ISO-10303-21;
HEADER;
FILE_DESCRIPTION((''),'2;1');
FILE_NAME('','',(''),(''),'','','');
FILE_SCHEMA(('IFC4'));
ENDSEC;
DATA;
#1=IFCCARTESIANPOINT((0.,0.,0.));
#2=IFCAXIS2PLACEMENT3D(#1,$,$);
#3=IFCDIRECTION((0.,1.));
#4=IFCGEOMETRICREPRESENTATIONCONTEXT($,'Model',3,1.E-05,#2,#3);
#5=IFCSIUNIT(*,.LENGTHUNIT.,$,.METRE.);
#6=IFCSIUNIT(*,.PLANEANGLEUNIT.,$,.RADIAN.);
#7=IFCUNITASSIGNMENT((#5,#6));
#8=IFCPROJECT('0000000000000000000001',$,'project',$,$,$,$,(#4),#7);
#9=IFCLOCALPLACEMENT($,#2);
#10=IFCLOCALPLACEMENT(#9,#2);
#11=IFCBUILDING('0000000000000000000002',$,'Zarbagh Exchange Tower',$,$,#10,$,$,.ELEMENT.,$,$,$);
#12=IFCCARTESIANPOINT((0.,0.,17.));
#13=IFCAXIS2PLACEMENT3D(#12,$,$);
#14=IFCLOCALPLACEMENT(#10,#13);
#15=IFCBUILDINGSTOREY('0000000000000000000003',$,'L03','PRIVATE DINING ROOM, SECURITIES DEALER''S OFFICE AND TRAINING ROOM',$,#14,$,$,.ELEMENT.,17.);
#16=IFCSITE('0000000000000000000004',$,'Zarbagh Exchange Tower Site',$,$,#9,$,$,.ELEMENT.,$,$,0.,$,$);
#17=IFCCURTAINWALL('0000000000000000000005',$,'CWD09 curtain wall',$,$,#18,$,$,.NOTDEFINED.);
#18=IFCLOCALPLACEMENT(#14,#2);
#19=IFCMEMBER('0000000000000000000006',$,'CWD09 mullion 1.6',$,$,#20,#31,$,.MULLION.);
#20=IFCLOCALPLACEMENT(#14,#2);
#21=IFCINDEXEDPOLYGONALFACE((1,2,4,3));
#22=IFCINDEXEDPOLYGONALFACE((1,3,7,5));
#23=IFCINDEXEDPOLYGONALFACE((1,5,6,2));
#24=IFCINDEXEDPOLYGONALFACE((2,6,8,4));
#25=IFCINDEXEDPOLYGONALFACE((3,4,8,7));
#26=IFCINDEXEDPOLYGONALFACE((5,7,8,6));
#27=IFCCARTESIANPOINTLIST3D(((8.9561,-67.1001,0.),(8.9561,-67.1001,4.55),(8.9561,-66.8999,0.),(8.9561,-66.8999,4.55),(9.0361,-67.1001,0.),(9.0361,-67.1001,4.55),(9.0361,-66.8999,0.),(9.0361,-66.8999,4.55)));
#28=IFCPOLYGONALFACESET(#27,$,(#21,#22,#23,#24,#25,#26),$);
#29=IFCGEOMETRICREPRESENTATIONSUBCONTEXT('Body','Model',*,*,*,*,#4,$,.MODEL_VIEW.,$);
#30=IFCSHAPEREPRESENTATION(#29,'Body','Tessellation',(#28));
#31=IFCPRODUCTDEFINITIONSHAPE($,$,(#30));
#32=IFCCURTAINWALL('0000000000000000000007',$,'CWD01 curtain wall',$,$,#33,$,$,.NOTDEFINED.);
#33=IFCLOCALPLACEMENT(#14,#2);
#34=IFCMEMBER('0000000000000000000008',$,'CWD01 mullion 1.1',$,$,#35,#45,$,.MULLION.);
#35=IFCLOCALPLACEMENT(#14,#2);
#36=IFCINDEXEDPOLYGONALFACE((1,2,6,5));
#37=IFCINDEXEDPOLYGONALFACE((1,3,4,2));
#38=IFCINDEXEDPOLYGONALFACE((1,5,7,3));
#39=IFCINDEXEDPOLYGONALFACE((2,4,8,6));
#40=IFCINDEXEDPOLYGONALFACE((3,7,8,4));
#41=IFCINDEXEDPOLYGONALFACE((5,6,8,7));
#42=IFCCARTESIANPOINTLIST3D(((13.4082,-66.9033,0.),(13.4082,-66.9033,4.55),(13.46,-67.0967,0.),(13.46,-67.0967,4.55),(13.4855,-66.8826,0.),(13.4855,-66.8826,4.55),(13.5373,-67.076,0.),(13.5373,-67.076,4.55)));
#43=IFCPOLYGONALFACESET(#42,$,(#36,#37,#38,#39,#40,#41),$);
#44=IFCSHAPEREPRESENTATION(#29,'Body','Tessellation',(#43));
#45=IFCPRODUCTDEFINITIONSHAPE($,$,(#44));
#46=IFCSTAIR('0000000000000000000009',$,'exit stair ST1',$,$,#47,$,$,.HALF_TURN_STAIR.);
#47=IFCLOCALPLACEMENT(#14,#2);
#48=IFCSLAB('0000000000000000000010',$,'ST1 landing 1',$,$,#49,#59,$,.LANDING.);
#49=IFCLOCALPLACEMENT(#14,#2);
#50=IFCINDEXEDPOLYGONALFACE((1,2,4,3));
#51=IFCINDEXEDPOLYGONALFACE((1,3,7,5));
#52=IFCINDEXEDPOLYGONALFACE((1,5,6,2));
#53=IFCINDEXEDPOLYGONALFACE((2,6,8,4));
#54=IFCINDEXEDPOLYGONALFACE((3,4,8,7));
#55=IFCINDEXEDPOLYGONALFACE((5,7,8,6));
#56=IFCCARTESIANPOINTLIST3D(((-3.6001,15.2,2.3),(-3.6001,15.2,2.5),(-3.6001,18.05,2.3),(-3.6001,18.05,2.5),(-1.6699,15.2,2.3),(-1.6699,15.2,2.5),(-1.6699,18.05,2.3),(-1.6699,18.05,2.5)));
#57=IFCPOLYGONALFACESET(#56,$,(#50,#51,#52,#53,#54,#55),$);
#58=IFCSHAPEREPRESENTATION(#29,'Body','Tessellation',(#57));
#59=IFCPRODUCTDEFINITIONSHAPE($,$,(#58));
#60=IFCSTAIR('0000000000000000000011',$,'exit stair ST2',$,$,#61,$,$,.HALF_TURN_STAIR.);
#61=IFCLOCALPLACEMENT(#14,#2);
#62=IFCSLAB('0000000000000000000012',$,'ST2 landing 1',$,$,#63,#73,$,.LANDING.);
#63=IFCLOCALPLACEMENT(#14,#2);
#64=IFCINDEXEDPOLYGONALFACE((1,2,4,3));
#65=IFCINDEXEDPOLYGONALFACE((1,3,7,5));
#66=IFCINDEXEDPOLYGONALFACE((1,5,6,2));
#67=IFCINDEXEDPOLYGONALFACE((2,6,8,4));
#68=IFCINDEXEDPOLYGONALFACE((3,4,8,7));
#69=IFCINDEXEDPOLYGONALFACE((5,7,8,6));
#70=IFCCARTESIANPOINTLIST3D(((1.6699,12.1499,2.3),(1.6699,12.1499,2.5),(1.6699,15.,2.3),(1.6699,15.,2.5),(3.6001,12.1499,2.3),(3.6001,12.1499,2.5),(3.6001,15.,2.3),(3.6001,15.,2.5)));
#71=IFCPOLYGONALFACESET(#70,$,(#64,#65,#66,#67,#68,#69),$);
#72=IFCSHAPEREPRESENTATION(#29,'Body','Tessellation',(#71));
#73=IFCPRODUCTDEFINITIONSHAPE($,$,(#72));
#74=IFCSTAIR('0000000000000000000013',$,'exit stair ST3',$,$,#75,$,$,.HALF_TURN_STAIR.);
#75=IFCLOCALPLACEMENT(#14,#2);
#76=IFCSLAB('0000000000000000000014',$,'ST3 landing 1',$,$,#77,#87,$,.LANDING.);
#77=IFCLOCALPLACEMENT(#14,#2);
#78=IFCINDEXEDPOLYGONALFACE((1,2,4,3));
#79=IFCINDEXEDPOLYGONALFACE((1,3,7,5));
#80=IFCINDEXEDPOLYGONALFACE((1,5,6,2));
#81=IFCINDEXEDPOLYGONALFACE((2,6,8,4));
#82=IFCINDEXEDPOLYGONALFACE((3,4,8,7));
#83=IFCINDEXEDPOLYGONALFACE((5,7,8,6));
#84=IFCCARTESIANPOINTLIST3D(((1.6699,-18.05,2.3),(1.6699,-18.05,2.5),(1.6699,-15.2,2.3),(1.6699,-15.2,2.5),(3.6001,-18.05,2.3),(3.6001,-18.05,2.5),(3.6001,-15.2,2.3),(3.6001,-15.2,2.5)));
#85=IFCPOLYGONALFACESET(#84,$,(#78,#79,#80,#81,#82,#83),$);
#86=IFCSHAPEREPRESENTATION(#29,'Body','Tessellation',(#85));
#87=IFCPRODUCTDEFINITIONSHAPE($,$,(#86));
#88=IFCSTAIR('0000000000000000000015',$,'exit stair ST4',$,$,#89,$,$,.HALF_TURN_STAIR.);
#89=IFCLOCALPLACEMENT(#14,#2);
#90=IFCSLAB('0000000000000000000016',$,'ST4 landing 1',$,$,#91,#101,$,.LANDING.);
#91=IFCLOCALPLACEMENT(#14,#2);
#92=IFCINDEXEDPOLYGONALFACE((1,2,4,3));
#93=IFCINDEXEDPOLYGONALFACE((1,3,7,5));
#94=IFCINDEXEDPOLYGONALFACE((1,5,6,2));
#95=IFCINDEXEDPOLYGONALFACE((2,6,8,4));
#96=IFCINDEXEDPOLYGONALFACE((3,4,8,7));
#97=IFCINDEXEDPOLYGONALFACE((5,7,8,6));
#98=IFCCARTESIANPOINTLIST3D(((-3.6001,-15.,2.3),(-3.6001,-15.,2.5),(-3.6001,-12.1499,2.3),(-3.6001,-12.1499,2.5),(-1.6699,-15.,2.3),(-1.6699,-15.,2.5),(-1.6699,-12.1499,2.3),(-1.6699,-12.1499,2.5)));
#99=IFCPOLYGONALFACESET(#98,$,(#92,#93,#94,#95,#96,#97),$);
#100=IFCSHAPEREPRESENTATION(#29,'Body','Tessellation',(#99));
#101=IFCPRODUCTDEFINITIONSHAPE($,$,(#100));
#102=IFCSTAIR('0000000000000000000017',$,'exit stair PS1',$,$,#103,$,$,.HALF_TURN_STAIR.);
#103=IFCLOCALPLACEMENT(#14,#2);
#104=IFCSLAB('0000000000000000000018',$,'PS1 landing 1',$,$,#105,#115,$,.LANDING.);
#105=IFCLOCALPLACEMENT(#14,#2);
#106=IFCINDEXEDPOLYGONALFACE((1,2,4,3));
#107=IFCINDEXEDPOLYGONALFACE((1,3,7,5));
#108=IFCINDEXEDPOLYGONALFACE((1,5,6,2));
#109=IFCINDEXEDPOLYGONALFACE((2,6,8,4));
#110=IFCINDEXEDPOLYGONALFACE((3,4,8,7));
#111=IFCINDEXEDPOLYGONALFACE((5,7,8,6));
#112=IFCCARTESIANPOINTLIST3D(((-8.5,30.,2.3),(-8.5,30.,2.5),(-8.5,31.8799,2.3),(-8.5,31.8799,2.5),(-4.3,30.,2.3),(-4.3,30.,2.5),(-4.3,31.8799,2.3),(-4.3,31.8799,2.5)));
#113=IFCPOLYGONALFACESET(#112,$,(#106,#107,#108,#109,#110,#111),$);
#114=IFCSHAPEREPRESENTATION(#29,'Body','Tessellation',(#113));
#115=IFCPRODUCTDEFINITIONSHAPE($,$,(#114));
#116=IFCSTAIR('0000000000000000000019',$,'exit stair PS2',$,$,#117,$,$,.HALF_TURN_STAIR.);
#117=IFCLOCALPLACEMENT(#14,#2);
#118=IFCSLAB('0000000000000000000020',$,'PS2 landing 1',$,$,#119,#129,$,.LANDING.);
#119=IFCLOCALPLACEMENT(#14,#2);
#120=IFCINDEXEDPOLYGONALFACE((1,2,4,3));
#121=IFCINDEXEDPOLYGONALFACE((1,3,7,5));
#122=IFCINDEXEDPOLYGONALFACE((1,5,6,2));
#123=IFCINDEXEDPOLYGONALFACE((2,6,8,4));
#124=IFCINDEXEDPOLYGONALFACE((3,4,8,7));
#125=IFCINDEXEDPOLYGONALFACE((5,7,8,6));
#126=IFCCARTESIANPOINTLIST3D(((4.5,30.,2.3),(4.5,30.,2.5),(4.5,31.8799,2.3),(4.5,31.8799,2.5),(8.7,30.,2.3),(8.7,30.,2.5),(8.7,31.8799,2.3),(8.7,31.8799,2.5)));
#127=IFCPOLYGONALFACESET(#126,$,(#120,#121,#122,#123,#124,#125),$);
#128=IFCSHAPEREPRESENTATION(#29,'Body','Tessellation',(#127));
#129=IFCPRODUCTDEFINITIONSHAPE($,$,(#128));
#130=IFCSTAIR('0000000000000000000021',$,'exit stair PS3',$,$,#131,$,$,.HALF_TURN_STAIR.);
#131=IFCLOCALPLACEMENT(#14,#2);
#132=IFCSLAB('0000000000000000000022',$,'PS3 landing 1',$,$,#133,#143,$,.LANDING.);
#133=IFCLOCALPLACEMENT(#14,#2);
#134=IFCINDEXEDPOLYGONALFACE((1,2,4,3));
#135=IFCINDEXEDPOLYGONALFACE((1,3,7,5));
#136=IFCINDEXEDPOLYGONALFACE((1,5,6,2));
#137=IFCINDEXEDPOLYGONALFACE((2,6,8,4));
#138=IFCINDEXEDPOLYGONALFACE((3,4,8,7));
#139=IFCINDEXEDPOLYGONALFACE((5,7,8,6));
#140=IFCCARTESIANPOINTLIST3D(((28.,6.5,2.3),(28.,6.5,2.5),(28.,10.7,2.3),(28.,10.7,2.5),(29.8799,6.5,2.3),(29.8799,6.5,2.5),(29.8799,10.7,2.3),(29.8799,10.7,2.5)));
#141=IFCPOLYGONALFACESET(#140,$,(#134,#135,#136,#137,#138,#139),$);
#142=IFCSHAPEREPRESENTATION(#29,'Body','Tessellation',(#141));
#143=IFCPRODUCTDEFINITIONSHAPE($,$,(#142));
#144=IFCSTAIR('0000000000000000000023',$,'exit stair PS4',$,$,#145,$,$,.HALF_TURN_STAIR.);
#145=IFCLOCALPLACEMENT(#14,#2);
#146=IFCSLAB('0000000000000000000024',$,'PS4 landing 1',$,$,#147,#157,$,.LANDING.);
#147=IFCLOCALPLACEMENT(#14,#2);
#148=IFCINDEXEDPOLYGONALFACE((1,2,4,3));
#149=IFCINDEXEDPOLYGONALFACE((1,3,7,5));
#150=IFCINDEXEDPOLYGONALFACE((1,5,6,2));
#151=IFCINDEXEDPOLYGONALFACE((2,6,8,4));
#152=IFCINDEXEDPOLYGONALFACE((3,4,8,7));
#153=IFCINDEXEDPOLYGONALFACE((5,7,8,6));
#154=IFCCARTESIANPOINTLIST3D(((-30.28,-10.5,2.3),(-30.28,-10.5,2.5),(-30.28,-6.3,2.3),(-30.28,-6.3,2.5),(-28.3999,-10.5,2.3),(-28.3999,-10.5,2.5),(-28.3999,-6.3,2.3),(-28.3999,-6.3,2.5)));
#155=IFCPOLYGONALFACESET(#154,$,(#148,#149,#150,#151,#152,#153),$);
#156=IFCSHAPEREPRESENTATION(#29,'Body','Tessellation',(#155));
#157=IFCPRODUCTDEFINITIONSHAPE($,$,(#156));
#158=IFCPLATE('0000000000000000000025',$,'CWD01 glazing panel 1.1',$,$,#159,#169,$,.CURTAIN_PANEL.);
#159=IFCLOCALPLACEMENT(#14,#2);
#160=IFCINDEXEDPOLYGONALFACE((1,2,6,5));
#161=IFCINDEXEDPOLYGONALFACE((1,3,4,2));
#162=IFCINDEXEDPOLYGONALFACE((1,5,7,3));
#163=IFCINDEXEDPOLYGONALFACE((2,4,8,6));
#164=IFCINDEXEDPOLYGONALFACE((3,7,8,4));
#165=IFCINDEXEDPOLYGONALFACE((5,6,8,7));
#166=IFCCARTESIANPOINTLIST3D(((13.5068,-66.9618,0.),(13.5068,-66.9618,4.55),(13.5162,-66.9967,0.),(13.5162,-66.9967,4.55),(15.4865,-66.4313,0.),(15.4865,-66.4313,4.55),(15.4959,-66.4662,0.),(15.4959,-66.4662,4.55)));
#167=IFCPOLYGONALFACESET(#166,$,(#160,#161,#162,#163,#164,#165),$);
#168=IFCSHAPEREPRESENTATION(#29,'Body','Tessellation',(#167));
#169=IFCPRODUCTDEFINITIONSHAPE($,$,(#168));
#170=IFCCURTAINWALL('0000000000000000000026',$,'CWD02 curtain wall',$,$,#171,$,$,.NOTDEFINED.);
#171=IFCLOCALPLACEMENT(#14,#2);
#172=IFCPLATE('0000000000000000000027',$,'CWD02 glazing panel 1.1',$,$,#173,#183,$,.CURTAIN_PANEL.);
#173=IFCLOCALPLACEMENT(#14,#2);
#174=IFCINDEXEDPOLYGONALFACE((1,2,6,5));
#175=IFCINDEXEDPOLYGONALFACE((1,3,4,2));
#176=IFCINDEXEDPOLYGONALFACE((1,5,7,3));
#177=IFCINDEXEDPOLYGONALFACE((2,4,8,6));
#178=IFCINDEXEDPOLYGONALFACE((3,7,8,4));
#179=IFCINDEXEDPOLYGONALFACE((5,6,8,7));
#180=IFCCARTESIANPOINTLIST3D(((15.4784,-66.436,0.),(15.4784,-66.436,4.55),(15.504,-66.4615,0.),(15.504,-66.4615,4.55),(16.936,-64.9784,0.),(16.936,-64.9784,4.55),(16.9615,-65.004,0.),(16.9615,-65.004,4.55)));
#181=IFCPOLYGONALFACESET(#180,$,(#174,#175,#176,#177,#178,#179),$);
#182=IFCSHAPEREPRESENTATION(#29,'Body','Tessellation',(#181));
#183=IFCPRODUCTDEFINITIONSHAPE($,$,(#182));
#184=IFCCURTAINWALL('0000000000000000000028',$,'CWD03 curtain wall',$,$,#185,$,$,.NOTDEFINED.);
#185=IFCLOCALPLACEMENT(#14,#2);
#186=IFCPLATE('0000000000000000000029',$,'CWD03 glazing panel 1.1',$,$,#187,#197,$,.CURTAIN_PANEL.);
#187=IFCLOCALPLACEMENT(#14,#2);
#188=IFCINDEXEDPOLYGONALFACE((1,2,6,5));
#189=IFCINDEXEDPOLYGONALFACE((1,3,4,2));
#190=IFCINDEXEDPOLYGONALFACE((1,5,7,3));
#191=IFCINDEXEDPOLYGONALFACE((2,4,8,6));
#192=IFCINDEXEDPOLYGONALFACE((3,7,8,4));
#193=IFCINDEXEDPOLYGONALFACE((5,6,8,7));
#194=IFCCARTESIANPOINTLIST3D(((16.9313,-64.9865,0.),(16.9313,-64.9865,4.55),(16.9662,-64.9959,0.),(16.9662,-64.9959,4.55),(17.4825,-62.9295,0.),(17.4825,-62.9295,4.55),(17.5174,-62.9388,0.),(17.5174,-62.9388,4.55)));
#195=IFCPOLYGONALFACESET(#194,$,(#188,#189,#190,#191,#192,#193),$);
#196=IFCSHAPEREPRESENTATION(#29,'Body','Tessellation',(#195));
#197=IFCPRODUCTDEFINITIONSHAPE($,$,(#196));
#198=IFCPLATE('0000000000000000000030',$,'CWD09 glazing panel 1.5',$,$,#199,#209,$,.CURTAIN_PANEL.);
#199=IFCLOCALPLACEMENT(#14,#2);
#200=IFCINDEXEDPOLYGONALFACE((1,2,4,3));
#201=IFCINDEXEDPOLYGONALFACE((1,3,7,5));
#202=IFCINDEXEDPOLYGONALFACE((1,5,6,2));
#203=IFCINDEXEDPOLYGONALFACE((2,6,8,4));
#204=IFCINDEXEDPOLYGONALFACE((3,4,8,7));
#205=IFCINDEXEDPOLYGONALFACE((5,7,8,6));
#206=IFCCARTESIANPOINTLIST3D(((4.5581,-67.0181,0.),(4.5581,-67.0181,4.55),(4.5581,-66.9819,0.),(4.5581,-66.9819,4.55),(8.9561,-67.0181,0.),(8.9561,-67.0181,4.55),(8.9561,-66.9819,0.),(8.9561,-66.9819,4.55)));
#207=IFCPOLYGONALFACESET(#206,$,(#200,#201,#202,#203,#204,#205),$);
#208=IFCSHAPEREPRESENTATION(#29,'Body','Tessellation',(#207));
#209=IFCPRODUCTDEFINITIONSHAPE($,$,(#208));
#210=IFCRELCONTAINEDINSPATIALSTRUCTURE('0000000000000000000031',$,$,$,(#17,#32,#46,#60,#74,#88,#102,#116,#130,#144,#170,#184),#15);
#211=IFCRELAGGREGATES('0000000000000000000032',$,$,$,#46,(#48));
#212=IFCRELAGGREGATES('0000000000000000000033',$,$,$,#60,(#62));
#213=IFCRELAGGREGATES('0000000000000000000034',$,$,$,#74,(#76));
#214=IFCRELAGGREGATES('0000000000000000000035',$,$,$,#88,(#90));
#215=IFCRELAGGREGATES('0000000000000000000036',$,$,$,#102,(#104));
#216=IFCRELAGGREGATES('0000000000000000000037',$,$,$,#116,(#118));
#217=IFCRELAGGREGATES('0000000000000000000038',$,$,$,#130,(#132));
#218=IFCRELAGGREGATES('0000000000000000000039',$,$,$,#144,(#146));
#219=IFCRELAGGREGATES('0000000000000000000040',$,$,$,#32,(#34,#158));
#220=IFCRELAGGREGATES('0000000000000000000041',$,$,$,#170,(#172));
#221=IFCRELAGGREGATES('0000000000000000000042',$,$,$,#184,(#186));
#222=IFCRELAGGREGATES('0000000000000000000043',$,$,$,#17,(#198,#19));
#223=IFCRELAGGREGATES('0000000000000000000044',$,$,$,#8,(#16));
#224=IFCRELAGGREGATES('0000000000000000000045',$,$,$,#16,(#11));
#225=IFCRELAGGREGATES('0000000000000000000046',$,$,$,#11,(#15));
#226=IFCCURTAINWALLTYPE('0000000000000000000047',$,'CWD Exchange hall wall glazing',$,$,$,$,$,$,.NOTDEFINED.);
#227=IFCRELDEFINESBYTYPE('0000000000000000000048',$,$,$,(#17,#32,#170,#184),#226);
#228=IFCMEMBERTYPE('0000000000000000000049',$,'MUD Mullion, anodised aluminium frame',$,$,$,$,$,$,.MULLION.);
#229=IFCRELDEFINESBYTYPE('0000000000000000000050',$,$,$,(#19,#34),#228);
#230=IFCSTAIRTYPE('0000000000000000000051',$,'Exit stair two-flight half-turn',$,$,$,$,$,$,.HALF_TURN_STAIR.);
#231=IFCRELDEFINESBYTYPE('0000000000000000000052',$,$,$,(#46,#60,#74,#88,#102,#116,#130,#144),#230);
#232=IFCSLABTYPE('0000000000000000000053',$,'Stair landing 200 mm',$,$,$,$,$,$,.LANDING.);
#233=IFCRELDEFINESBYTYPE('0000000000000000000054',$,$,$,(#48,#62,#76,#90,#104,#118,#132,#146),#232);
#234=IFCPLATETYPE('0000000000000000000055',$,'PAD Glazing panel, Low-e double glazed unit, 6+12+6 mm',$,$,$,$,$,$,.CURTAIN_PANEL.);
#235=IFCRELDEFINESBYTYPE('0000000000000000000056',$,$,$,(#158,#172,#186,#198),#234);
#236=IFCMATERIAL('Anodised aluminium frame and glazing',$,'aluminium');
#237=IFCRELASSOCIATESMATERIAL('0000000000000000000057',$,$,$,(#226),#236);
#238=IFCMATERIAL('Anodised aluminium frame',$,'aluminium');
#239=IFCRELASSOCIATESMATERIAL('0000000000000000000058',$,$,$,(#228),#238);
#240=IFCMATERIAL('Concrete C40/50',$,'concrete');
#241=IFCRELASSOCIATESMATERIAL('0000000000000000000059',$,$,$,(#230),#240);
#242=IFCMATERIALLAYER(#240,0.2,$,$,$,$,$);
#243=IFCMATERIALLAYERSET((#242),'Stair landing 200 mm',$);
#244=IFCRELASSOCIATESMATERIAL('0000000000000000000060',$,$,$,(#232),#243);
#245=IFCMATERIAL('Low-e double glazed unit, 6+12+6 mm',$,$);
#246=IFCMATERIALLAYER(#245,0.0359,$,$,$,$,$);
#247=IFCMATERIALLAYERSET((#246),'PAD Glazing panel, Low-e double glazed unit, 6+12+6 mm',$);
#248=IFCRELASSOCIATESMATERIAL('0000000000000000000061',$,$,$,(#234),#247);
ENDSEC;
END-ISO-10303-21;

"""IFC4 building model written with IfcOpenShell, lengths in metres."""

from ifc_helpers import new_model, si_unit, direction, frame, origin, place, context, subcontext, project, spatial, polyline, outline, extrude, source, transform, mapped, material, layer, layer_set, type_object, element, aggregate, save


model = new_model("IFC4")

# Units and contexts
model_context = context("Model", 3, precision=1e-05, world=origin(), true_north=direction((0.0, 1.0)))
body_context = subcontext(model_context, "Body", "Model", "MODEL_VIEW")
ifc_project = project(units=[si_unit("LENGTHUNIT", "METRE"), si_unit("PLANEANGLEUNIT", "RADIAN")], contexts=[model_context])

# Site, building, storey
site_placement = place(None, origin())
site = spatial("IfcSite", under=ifc_project, at=site_placement, Name="Zarbagh Exchange Tower Site", CompositionType="ELEMENT", RefElevation=0.0)
building_placement = place(site_placement, origin())
building = spatial("IfcBuilding", under=site, at=building_placement, Name="Zarbagh Exchange Tower", CompositionType="ELEMENT")
storey_placement = place(building_placement, frame((0.0, 0.0, 17.0)))
storey = spatial("IfcBuildingStorey", under=building, at=storey_placement, Name="L03", Description="PRIVATE DINING ROOM, SECURITIES DEALER'S OFFICE AND TRAINING ROOM", CompositionType="ELEMENT", Elevation=17.0)

# Curtain walls, members
ifc_material_1 = material(Name="Anodised aluminium frame and glazing", Category="aluminium")
curtain_wall_type = type_object("IfcCurtainWallType", Name="CWD Exchange hall wall glazing", PredefinedType="NOTDEFINED", material=ifc_material_1)
curtain_wall_1_placement = place(storey_placement, origin())
curtain_wall_1 = element("IfcCurtainWall", 1, at=curtain_wall_1_placement, inside=storey, type_object=curtain_wall_type, Name="CWD09 curtain wall", PredefinedType="NOTDEFINED")
ifc_material_2 = material(Name="Anodised aluminium frame", Category="aluminium")
member_type = type_object("IfcMemberType", Name="MUD Mullion, anodised aluminium frame", PredefinedType="MULLION", material=ifc_material_2)
shared_shape_1 = source(origin(), body_context, "Body", "SweptSolid", [
    extrude(outline(polyline([(0.0, -0.1001), (0.0801, -0.1001), (0.0801, 0.1001), (0.0, 0.1001), (0.0, -0.1001)])), origin(), (0.0, 0.0, 1.0), 4.55),
])
placement = place(storey_placement, origin())
member_1 = element("IfcMember", 2, at=placement, type_object=member_type, Name="CWD09 mullion 1.6", PredefinedType="MULLION", context=body_context, shape_type="MappedRepresentation", body=[
    mapped(shared_shape_1, transform((8.9561, -67.0, 0.0), x_axis=(1.0, 0.0, 0.0), y_axis=(0.0, 1.0, 0.0), z_axis=(0.0, 0.0, 1.0))),
])
curtain_wall_2_placement = place(storey_placement, origin())
curtain_wall_2 = element("IfcCurtainWall", 3, at=curtain_wall_2_placement, inside=storey, type_object=curtain_wall_type, Name="CWD01 curtain wall", PredefinedType="NOTDEFINED")
member_2 = element("IfcMember", 4, at=placement, type_object=member_type, Name="CWD01 mullion 1.1", PredefinedType="MULLION", context=body_context, shape_type="MappedRepresentation", body=[
    mapped(shared_shape_1, transform((13.4341, -67.0, 0.0), x_axis=(0.965924, 0.258825, 0.0), y_axis=(-0.258825, 0.965924, 0.0), z_axis=(0.0, 0.0, 1.0))),
])

# Stairs, slabs
ifc_material_3 = material(Name="Concrete C40/50", Category="concrete")
stair_type = type_object("IfcStairType", Name="Exit stair two-flight half-turn", PredefinedType="HALF_TURN_STAIR", material=ifc_material_3)
stair_1_placement = place(storey_placement, origin())
stair_1 = element("IfcStair", 5, at=stair_1_placement, inside=storey, type_object=stair_type, Name="exit stair ST1", PredefinedType="HALF_TURN_STAIR")
ifc_layer_1 = layer(ifc_material_3, 0.2)
ifc_layer_set_1 = layer_set([ifc_layer_1], Name="Stair landing 200 mm")
slab_type = type_object("IfcSlabType", Name="Stair landing 200 mm", PredefinedType="LANDING", material=ifc_layer_set_1)
slab_1_placement = place(storey_placement, frame((0.0, 0.0, 2.3)))
slab_1 = element("IfcSlab", 6, at=slab_1_placement, type_object=slab_type, Name="ST1 landing 1", PredefinedType="LANDING", context=body_context, shape_type="SweptSolid", body=[
    extrude(outline(polyline([(-1.6699, 18.05), (-3.6001, 18.05), (-3.6001, 15.2), (-1.6699, 15.2), (-1.6699, 18.05)])), origin(), (0.0, 0.0, 1.0), 0.2),
])
aggregate(stair_1, [slab_1])
stair_2_placement = place(storey_placement, origin())
stair_2 = element("IfcStair", 7, at=stair_2_placement, inside=storey, type_object=stair_type, Name="exit stair ST2", PredefinedType="HALF_TURN_STAIR")
slab_2_placement = place(storey_placement, frame((0.0, 0.0, 2.3)))
slab_2 = element("IfcSlab", 8, at=slab_2_placement, type_object=slab_type, Name="ST2 landing 1", PredefinedType="LANDING", context=body_context, shape_type="SweptSolid", body=[
    extrude(outline(polyline([(1.6699, 12.1499), (3.6001, 12.1499), (3.6001, 15.0), (1.6699, 15.0), (1.6699, 12.1499)])), origin(), (0.0, 0.0, 1.0), 0.2),
])
aggregate(stair_2, [slab_2])
stair_3_placement = place(storey_placement, origin())
stair_3 = element("IfcStair", 9, at=stair_3_placement, inside=storey, type_object=stair_type, Name="exit stair ST3", PredefinedType="HALF_TURN_STAIR")
slab_3_placement = place(storey_placement, frame((0.0, 0.0, 2.3)))
slab_3 = element("IfcSlab", 10, at=slab_3_placement, type_object=slab_type, Name="ST3 landing 1", PredefinedType="LANDING", context=body_context, shape_type="SweptSolid", body=[
    extrude(outline(polyline([(1.6699, -18.05), (3.6001, -18.05), (3.6001, -15.2), (1.6699, -15.2), (1.6699, -18.05)])), origin(), (0.0, 0.0, 1.0), 0.2),
])
aggregate(stair_3, [slab_3])
stair_4_placement = place(storey_placement, origin())
stair_4 = element("IfcStair", 11, at=stair_4_placement, inside=storey, type_object=stair_type, Name="exit stair ST4", PredefinedType="HALF_TURN_STAIR")
slab_4_placement = place(storey_placement, frame((0.0, 0.0, 2.3)))
slab_4 = element("IfcSlab", 12, at=slab_4_placement, type_object=slab_type, Name="ST4 landing 1", PredefinedType="LANDING", context=body_context, shape_type="SweptSolid", body=[
    extrude(outline(polyline([(-1.6699, -12.1499), (-3.6001, -12.1499), (-3.6001, -15.0), (-1.6699, -15.0), (-1.6699, -12.1499)])), origin(), (0.0, 0.0, 1.0), 0.2),
])
aggregate(stair_4, [slab_4])
stair_5_placement = place(storey_placement, origin())
stair_5 = element("IfcStair", 13, at=stair_5_placement, inside=storey, type_object=stair_type, Name="exit stair PS1", PredefinedType="HALF_TURN_STAIR")
slab_5_placement = place(storey_placement, frame((0.0, 0.0, 2.3)))
slab_5 = element("IfcSlab", 14, at=slab_5_placement, type_object=slab_type, Name="PS1 landing 1", PredefinedType="LANDING", context=body_context, shape_type="SweptSolid", body=[
    extrude(outline(polyline([(-8.5, 31.8799), (-8.5, 30.0), (-4.3, 30.0), (-4.3, 31.8799), (-8.5, 31.8799)])), origin(), (0.0, 0.0, 1.0), 0.2),
])
aggregate(stair_5, [slab_5])
stair_6_placement = place(storey_placement, origin())
stair_6 = element("IfcStair", 15, at=stair_6_placement, inside=storey, type_object=stair_type, Name="exit stair PS2", PredefinedType="HALF_TURN_STAIR")
slab_6_placement = place(storey_placement, frame((0.0, 0.0, 2.3)))
slab_6 = element("IfcSlab", 16, at=slab_6_placement, type_object=slab_type, Name="PS2 landing 1", PredefinedType="LANDING", context=body_context, shape_type="SweptSolid", body=[
    extrude(outline(polyline([(4.5, 31.8799), (4.5, 30.0), (8.7, 30.0), (8.7, 31.8799), (4.5, 31.8799)])), origin(), (0.0, 0.0, 1.0), 0.2),
])
aggregate(stair_6, [slab_6])
stair_7_placement = place(storey_placement, origin())
stair_7 = element("IfcStair", 17, at=stair_7_placement, inside=storey, type_object=stair_type, Name="exit stair PS3", PredefinedType="HALF_TURN_STAIR")
slab_7_placement = place(storey_placement, frame((0.0, 0.0, 2.3)))
slab_7 = element("IfcSlab", 18, at=slab_7_placement, type_object=slab_type, Name="PS3 landing 1", PredefinedType="LANDING", context=body_context, shape_type="SweptSolid", body=[
    extrude(outline(polyline([(29.8799, 10.7), (28.0, 10.7), (28.0, 6.5), (29.8799, 6.5), (29.8799, 10.7)])), origin(), (0.0, 0.0, 1.0), 0.2),
])
aggregate(stair_7, [slab_7])
stair_8_placement = place(storey_placement, origin())
stair_8 = element("IfcStair", 19, at=stair_8_placement, inside=storey, type_object=stair_type, Name="exit stair PS4", PredefinedType="HALF_TURN_STAIR")
slab_8_placement = place(storey_placement, frame((0.0, 0.0, 2.3)))
slab_8 = element("IfcSlab", 20, at=slab_8_placement, type_object=slab_type, Name="PS4 landing 1", PredefinedType="LANDING", context=body_context, shape_type="SweptSolid", body=[
    extrude(outline(polyline([(-30.28, -10.5), (-28.3999, -10.5), (-28.3999, -6.3), (-30.28, -6.3), (-30.28, -10.5)])), origin(), (0.0, 0.0, 1.0), 0.2),
])
aggregate(stair_8, [slab_8])

# Plate
ifc_material_4 = material(Name="Low-e double glazed unit, 6+12+6 mm")
ifc_layer_2 = layer(ifc_material_4, 0.0359)
ifc_layer_set_2 = layer_set([ifc_layer_2], Name="PAD Glazing panel, Low-e double glazed unit, 6+12+6 mm")
plate_type = type_object("IfcPlateType", Name="PAD Glazing panel, Low-e double glazed unit, 6+12+6 mm", PredefinedType="CURTAIN_PANEL", material=ifc_layer_set_2)
shared_shape_2 = source(origin(), body_context, "Body", "SweptSolid", [
    extrude(outline(polyline([(0.0, -0.0181), (2.0496, -0.0181), (2.0496, 0.0181), (0.0, 0.0181), (0.0, -0.0181)])), origin(), (0.0, 0.0, 1.0), 4.55),
])
plate_1 = element("IfcPlate", 21, at=placement, type_object=plate_type, Name="CWD01 glazing panel 1.1", PredefinedType="CURTAIN_PANEL", context=body_context, shape_type="MappedRepresentation", body=[
    mapped(shared_shape_2, transform((13.5115, -66.9792, 0.0), x_axis=(0.965924, 0.258825, 0.0), y_axis=(-0.258825, 0.965924, 0.0), z_axis=(0.0, 0.0, 1.0))),
])
aggregate(curtain_wall_2, [member_2, plate_1])

# Curtain walls, plates
curtain_wall_3_placement = place(storey_placement, origin())
curtain_wall_3 = element("IfcCurtainWall", 22, at=curtain_wall_3_placement, inside=storey, type_object=curtain_wall_type, Name="CWD02 curtain wall", PredefinedType="NOTDEFINED")
shared_shape_3 = source(origin(), body_context, "Body", "SweptSolid", [
    extrude(outline(polyline([(0.0, -0.0181), (2.0613, -0.0181), (2.0613, 0.0181), (0.0, 0.0181), (0.0, -0.0181)])), origin(), (0.0, 0.0, 1.0), 4.55),
])
plate_2 = element("IfcPlate", 23, at=placement, type_object=plate_type, Name="CWD02 glazing panel 1.1", PredefinedType="CURTAIN_PANEL", context=body_context, shape_type="MappedRepresentation", body=[
    mapped(shared_shape_3, transform((15.4912, -66.4487, 0.0), x_axis=(0.707107, 0.707107, 0.0), y_axis=(-0.707107, 0.707107, 0.0), z_axis=(0.0, 0.0, 1.0))),
])
aggregate(curtain_wall_3, [plate_2])
curtain_wall_4_placement = place(storey_placement, origin())
curtain_wall_4 = element("IfcCurtainWall", 24, at=curtain_wall_4_placement, inside=storey, type_object=curtain_wall_type, Name="CWD03 curtain wall", PredefinedType="NOTDEFINED")
shared_shape_4 = source(origin(), body_context, "Body", "SweptSolid", [
    extrude(outline(polyline([(0.0, -0.0181), (2.1296, -0.0181), (2.1296, 0.0181), (0.0, 0.0181), (0.0, -0.0181)])), origin(), (0.0, 0.0, 1.0), 4.55),
])
plate_3 = element("IfcPlate", 25, at=placement, type_object=plate_type, Name="CWD03 glazing panel 1.1", PredefinedType="CURTAIN_PANEL", context=body_context, shape_type="MappedRepresentation", body=[
    mapped(shared_shape_4, transform((16.9487, -64.9912, 0.0), x_axis=(0.258825, 0.965924, 0.0), y_axis=(-0.965924, 0.258825, 0.0), z_axis=(0.0, 0.0, 1.0))),
])
aggregate(curtain_wall_4, [plate_3])

# Plate
shared_shape_5 = source(origin(), body_context, "Body", "SweptSolid", [
    extrude(outline(polyline([(0.0, -0.0181), (4.3979, -0.0181), (4.3979, 0.0181), (0.0, 0.0181), (0.0, -0.0181)])), origin(), (0.0, 0.0, 1.0), 4.55),
])
plate_4 = element("IfcPlate", 26, at=placement, type_object=plate_type, Name="CWD09 glazing panel 1.5", PredefinedType="CURTAIN_PANEL", context=body_context, shape_type="MappedRepresentation", body=[
    mapped(shared_shape_5, transform((4.5581, -67.0, 0.0), x_axis=(1.0, 0.0, 0.0), y_axis=(0.0, 1.0, 0.0), z_axis=(0.0, 0.0, 1.0))),
])
aggregate(curtain_wall_1, [plate_4, member_1])

save(model, "model.ifc")
